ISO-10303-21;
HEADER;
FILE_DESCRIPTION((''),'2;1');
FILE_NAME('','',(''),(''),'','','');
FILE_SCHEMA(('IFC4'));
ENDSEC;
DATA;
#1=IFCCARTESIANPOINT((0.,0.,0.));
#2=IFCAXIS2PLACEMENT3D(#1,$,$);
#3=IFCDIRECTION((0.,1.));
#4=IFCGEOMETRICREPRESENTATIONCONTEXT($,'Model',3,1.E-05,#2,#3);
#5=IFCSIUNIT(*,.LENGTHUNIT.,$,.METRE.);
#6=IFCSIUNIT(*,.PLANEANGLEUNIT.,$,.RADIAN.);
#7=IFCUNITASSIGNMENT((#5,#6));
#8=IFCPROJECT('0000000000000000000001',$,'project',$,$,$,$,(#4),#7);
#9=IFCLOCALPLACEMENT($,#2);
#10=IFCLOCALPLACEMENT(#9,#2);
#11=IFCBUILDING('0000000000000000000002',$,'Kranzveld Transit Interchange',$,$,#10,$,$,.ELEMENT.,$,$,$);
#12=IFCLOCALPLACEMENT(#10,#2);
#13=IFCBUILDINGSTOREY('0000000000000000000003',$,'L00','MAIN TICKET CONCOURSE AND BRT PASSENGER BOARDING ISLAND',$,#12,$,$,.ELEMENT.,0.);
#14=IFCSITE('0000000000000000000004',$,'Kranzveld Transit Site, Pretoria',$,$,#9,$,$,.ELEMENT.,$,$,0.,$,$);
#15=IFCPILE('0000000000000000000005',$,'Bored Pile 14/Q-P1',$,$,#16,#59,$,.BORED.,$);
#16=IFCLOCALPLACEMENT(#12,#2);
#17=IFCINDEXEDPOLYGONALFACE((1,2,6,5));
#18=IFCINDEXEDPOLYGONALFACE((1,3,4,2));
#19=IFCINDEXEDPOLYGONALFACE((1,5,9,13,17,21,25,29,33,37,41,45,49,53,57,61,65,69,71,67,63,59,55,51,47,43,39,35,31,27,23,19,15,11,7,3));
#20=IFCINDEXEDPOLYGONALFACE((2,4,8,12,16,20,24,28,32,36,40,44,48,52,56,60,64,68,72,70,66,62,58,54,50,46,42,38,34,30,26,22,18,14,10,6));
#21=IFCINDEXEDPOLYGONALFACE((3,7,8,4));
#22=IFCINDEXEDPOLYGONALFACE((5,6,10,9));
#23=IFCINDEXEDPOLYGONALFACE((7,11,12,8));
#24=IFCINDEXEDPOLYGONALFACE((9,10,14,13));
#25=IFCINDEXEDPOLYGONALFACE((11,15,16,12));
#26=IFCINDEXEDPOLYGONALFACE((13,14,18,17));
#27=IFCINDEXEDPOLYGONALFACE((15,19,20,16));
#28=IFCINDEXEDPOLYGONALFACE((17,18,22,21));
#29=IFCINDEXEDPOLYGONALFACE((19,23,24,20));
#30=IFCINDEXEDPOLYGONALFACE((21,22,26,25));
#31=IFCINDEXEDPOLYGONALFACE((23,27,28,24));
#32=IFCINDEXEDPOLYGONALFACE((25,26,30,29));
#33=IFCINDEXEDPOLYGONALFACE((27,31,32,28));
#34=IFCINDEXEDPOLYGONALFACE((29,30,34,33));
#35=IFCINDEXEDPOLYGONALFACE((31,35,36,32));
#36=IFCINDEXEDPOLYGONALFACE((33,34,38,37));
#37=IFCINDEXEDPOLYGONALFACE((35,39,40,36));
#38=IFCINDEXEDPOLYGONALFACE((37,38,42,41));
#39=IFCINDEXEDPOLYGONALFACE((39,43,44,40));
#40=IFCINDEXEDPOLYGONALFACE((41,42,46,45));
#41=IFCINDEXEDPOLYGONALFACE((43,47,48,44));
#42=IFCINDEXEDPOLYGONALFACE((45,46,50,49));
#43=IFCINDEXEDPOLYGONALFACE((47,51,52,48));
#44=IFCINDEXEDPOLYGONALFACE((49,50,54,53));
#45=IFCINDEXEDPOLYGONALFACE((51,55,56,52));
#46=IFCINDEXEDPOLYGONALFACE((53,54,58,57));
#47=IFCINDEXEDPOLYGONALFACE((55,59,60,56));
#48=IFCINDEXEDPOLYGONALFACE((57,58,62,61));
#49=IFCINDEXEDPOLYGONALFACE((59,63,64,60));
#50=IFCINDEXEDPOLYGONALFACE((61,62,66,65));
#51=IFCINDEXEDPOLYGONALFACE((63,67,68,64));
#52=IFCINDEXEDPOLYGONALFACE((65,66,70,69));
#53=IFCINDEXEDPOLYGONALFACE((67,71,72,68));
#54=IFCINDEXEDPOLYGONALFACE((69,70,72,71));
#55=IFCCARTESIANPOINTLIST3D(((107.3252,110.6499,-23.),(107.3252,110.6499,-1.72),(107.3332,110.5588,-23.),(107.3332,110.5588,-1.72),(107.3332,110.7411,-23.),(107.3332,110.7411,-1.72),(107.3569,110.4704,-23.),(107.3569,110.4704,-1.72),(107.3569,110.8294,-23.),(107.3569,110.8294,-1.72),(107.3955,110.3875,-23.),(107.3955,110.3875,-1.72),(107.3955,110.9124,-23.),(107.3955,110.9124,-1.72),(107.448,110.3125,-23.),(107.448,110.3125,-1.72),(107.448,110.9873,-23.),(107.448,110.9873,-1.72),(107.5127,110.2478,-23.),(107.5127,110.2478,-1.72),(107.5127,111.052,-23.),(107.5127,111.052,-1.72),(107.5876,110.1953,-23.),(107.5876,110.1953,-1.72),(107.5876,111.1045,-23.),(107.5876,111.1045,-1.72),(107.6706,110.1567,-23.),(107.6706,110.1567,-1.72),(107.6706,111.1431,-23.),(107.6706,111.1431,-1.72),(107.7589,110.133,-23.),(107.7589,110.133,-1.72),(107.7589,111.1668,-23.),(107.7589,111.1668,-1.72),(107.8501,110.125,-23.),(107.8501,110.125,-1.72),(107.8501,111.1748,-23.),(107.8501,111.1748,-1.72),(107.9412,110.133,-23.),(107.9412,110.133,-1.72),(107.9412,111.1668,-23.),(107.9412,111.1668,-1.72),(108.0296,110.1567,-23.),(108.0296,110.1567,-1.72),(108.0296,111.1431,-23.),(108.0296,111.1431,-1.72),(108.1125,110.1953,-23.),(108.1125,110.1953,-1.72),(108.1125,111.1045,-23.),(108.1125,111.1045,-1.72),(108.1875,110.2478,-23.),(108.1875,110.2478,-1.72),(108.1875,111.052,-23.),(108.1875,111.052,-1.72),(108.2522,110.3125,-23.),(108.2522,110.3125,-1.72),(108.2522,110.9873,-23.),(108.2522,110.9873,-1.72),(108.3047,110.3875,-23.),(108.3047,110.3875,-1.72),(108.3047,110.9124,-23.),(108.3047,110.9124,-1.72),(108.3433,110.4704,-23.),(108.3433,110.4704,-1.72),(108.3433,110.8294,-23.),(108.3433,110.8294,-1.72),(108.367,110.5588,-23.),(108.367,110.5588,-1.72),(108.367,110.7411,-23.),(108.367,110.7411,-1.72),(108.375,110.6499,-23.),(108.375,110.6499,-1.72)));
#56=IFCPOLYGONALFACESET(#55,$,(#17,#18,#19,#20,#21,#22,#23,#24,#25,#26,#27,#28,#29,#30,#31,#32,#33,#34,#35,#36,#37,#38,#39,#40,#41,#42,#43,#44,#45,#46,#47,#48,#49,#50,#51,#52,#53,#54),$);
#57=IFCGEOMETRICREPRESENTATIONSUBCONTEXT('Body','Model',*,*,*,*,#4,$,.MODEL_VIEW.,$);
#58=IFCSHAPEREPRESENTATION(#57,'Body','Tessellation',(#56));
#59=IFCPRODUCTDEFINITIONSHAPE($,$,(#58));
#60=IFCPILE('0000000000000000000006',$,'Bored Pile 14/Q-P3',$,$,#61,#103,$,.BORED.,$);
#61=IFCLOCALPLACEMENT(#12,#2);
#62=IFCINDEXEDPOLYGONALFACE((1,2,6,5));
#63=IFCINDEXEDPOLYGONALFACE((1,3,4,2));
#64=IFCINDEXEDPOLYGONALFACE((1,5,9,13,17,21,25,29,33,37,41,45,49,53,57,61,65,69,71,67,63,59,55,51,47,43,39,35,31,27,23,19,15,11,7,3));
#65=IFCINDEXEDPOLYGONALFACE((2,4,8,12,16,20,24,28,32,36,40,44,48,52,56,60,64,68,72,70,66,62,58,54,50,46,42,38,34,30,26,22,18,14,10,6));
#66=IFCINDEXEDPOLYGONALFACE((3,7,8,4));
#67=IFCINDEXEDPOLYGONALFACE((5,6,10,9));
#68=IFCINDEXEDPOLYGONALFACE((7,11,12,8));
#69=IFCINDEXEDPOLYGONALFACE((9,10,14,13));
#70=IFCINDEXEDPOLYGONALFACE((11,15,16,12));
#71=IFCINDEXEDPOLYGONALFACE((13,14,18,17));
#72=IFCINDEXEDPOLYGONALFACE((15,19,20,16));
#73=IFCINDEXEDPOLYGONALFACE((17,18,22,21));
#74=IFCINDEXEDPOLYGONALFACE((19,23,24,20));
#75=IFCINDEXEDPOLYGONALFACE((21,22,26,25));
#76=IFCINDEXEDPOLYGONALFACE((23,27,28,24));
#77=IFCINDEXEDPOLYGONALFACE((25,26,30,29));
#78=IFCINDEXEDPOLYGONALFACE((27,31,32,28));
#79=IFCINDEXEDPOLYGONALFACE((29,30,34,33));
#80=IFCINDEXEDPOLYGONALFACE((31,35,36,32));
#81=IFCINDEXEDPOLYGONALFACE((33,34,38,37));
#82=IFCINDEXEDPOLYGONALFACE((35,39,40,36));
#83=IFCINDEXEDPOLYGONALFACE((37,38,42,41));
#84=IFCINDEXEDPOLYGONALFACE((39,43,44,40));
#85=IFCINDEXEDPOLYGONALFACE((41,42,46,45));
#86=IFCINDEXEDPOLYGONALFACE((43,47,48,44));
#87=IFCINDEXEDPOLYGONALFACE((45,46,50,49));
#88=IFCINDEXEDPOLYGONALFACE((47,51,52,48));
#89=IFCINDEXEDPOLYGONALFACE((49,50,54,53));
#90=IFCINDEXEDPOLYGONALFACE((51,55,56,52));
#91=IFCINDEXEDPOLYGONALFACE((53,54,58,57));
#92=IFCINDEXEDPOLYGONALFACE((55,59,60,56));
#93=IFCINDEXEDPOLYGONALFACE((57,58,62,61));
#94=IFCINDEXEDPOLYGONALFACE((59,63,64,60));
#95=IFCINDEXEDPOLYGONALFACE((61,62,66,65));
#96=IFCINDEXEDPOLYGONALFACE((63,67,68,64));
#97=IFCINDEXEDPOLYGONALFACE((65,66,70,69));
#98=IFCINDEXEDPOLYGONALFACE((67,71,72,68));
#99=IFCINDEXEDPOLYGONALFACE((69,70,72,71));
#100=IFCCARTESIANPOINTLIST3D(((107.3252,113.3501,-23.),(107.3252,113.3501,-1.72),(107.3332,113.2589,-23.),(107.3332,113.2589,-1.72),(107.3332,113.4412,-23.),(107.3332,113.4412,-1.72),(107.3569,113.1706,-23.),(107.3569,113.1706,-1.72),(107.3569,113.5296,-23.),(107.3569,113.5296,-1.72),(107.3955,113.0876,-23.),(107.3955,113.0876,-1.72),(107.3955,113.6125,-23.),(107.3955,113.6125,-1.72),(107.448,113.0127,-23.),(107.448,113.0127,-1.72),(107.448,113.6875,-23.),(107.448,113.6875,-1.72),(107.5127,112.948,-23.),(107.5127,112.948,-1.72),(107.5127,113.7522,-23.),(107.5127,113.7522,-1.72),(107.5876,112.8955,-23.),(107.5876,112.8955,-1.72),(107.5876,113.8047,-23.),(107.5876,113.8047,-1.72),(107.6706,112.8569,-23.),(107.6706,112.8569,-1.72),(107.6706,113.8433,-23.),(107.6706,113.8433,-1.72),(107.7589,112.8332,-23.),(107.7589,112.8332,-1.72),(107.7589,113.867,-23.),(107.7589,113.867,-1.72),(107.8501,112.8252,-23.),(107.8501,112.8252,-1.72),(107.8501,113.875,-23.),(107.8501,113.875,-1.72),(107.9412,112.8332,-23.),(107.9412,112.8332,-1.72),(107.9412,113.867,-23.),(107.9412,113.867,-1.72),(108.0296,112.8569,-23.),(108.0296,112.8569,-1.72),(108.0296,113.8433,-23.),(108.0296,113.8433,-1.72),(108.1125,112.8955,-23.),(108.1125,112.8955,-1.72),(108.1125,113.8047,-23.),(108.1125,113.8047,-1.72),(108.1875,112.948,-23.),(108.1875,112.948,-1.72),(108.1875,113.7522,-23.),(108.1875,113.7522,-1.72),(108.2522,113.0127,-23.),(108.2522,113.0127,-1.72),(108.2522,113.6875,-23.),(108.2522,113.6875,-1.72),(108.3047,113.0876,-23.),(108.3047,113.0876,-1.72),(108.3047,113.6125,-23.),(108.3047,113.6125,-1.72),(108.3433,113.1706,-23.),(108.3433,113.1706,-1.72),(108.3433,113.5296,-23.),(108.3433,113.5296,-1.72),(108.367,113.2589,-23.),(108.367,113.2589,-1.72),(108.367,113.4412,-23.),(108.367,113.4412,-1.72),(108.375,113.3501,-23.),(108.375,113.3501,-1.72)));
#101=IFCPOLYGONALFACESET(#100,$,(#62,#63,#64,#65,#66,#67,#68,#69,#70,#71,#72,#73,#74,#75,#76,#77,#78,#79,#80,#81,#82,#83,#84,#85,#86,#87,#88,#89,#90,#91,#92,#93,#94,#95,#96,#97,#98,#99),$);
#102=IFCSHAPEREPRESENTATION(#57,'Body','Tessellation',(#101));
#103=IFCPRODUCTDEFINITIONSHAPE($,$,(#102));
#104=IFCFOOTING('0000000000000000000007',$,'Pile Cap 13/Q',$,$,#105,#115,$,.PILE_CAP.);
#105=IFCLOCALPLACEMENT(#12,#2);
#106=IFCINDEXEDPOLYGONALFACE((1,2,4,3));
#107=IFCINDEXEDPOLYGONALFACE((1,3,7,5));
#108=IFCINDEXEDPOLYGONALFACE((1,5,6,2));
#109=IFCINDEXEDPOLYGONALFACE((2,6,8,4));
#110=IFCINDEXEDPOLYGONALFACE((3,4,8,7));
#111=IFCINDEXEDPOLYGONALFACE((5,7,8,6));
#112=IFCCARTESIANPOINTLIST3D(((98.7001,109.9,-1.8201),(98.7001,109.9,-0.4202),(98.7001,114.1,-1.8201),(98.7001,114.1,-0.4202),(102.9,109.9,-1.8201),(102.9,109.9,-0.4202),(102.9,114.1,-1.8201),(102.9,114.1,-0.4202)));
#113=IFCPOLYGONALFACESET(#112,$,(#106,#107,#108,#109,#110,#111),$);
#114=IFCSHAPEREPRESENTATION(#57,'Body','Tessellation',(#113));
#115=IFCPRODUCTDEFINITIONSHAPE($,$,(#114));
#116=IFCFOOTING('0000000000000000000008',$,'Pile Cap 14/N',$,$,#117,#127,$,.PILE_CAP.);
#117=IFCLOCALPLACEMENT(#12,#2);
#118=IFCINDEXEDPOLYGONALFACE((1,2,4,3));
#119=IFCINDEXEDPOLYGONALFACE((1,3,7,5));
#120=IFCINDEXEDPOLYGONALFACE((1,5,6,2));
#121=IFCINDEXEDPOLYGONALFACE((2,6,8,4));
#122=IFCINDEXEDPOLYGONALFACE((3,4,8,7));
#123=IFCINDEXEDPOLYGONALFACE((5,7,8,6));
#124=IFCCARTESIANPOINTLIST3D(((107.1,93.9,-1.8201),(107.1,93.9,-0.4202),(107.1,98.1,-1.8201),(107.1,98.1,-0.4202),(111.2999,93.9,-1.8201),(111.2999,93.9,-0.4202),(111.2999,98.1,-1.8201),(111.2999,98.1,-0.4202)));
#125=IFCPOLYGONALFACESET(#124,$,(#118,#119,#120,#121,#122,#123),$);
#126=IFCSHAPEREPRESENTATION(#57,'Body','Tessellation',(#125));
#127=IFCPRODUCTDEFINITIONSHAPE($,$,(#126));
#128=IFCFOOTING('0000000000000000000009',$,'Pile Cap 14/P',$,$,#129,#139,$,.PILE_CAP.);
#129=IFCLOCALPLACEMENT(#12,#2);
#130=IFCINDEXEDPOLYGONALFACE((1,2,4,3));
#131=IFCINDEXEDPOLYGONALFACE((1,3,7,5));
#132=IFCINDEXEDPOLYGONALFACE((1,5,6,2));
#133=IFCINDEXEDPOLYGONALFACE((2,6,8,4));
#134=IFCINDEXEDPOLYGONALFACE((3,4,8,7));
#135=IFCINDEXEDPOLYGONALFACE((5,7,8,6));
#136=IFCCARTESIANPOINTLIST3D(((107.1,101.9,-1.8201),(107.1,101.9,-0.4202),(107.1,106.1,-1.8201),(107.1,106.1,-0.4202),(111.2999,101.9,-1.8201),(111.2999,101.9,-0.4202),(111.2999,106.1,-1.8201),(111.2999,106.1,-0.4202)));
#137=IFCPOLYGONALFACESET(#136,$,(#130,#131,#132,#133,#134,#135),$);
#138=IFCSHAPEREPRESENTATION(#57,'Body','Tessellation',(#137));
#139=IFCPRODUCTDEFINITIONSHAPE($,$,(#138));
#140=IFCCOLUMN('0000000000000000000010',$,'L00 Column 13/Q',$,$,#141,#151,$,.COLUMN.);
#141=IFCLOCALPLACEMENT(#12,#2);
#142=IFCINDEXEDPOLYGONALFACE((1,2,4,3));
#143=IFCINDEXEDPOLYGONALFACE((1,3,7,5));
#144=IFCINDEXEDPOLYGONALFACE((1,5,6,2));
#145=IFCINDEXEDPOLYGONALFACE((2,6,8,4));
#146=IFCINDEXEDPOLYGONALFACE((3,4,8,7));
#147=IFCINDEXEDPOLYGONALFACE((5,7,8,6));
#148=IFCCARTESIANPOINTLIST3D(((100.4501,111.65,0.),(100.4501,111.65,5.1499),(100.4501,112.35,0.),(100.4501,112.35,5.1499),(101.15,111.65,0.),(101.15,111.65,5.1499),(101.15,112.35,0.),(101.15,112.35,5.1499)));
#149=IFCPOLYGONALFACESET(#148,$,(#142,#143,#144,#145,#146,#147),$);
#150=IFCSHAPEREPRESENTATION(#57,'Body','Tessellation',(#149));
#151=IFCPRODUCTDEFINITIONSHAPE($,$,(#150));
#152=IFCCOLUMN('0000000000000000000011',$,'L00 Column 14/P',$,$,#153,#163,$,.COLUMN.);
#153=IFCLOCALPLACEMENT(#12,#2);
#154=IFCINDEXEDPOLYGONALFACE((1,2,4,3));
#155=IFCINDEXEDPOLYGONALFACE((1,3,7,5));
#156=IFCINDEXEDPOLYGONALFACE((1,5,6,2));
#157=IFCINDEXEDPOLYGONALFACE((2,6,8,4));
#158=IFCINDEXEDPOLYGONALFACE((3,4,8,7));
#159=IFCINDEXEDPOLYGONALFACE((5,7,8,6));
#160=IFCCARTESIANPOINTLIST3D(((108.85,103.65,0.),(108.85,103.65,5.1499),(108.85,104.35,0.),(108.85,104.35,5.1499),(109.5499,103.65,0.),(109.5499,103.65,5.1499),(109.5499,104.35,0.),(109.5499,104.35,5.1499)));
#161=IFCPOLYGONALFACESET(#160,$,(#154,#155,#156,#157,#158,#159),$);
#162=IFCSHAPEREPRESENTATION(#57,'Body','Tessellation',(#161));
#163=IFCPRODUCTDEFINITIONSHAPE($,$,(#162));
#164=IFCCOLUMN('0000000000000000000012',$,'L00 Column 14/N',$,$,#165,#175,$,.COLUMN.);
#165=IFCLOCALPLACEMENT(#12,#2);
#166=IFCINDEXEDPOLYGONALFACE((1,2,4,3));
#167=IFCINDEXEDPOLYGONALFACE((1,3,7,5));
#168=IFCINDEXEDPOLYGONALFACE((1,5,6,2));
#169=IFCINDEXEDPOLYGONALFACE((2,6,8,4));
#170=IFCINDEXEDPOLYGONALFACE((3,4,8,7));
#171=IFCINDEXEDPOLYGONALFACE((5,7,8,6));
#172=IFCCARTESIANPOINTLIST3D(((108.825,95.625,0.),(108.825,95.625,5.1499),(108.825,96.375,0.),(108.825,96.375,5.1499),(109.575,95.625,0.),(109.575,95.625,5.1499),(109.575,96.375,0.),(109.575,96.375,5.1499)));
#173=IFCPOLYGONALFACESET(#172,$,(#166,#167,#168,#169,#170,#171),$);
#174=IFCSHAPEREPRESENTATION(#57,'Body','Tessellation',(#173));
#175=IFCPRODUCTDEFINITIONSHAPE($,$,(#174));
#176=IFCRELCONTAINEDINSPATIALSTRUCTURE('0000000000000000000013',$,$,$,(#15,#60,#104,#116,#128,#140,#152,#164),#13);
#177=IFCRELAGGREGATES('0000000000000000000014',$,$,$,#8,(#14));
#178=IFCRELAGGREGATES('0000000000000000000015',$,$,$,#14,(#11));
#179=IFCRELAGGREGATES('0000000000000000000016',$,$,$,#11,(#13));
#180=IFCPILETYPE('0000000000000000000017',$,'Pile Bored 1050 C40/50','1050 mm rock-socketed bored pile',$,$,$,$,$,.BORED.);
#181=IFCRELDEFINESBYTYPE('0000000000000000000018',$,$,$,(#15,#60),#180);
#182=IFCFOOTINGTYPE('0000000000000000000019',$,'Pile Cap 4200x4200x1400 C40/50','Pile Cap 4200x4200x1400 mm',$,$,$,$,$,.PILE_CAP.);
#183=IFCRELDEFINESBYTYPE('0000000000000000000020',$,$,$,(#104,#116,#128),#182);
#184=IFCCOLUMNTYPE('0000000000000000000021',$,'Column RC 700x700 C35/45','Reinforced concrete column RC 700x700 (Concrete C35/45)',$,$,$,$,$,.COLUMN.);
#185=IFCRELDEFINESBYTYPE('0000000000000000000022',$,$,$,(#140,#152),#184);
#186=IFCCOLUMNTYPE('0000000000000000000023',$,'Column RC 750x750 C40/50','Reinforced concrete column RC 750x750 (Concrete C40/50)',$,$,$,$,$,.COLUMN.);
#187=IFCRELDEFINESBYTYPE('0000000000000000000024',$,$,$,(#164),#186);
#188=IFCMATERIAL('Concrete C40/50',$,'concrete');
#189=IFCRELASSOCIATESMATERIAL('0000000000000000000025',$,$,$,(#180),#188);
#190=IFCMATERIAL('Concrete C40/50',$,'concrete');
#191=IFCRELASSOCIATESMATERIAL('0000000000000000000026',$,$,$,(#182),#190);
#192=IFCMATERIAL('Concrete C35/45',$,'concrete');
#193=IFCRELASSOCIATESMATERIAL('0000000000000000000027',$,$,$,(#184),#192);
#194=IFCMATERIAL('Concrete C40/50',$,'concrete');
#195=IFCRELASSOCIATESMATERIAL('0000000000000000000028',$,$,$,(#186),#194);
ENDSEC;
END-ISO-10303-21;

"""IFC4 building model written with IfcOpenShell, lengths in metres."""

from ifc_helpers import new_model, si_unit, direction, frame, origin, origin_2d, place, context, subcontext, project, spatial, rectangle, circle, extrude, material, material_profile, profile_set, type_object, element, save


model = new_model("IFC4")

# Units and contexts
model_context = context("Model", 3, precision=1e-05, world=origin(), true_north=direction((0.0, 1.0)))
body_context = subcontext(model_context, "Body", "Model", "MODEL_VIEW")
ifc_project = project(units=[si_unit("LENGTHUNIT", "METRE"), si_unit("PLANEANGLEUNIT", "RADIAN")], contexts=[model_context])

# Site, building, storey
site_placement = place(None, origin())
site = spatial("IfcSite", under=ifc_project, at=site_placement, Name="Kranzveld Transit Site, Pretoria", CompositionType="ELEMENT", RefElevation=0.0)
building_placement = place(site_placement, origin())
building = spatial("IfcBuilding", under=site, at=building_placement, Name="Kranzveld Transit Interchange", CompositionType="ELEMENT")
storey_placement = place(building_placement, origin())
storey = spatial("IfcBuildingStorey", under=building, at=storey_placement, Name="L00", Description="MAIN TICKET CONCOURSE AND BRT PASSENGER BOARDING ISLAND", CompositionType="ELEMENT", Elevation=0.0)

# Piles
ifc_material_1 = material(Name="Concrete C40/50", Category="concrete")
ifc_material_profile_1 = material_profile(ifc_material_1, circle(Radius=0.5249, at=origin_2d()), Name="BORED PILE 1050")
ifc_profile_set_1 = profile_set([ifc_material_profile_1], Name="Concrete C40/50")
pile_type = type_object("IfcPileType", Name="Pile Bored 1050 C40/50", Description="1050 mm rock-socketed bored pile", PredefinedType="BORED", material=ifc_profile_set_1)
for number, where, z_axis, x_axis, name in (
    (1, (107.8501, 110.6499, -1.72), (0.0, 0.0, -1.0), (1.0, 0.0, 0.0), "Bored Pile 14/Q-P1"),
    (2, (107.8501, 113.3501, -1.72), (0.0, 0.0, -1.0), (1.0, 0.0, 0.0), "Bored Pile 14/Q-P3"),
):
    element("IfcPile", number, at=place(storey_placement, frame(where, z_axis=z_axis, x_axis=x_axis)), inside=storey, type_object=pile_type, Name=name, PredefinedType="BORED", context=body_context, shape_type="SweptSolid", body=[
        extrude(circle(Radius=0.5249, at=origin_2d()), origin(), (0.0, 0.0, 1.0), 21.28),
    ])

# Footings
ifc_material_2 = material(Name="Concrete C40/50", Category="concrete")
footing_type_1 = type_object("IfcFootingType", Name="Pile Cap 4200x4200x1400 C40/50", Description="Pile Cap 4200x4200x1400 mm", PredefinedType="PILE_CAP", material=ifc_material_2)
for number, where, z_axis, x_axis, name in (
    (3, (100.8, 112.0, -1.8201), (0.0, 0.0, 1.0), (1.0, 0.0, 0.0), "Pile Cap 13/Q"),
    (4, (109.2, 96.0, -1.8201), (0.0, 0.0, 1.0), (1.0, 0.0, 0.0), "Pile Cap 14/N"),
    (5, (109.2, 104.0, -1.8201), (0.0, 0.0, 1.0), (1.0, 0.0, 0.0), "Pile Cap 14/P"),
):
    element("IfcFooting", number, at=place(storey_placement, frame(where, z_axis=z_axis, x_axis=x_axis)), inside=storey, type_object=footing_type_1, Name=name, PredefinedType="PILE_CAP", context=body_context, shape_type="SweptSolid", body=[
        extrude(rectangle(XDim=4.2, YDim=4.2, at=origin_2d()), origin(), (0.0, 0.0, 1.0), 1.3999),
    ])

# Columns
ifc_material_3 = material(Name="Concrete C35/45", Category="concrete")
ifc_material_profile_2 = material_profile(ifc_material_3, rectangle(XDim=0.7, YDim=0.7, at=origin_2d()), Name="RC 700x700")
ifc_profile_set_2 = profile_set([ifc_material_profile_2], Name="Concrete C35/45")
column_type_1 = type_object("IfcColumnType", Name="Column RC 700x700 C35/45", Description="Reinforced concrete column RC 700x700 (Concrete C35/45)", PredefinedType="COLUMN", material=ifc_profile_set_2)
for number, where, z_axis, x_axis, name in (
    (6, (100.8, 112.0, 0.0), (0.0, 0.0, 1.0), (1.0, 0.0, 0.0), "L00 Column 13/Q"),
    (7, (109.2, 104.0, 0.0), (0.0, 0.0, 1.0), (1.0, 0.0, 0.0), "L00 Column 14/P"),
):
    element("IfcColumn", number, at=place(storey_placement, frame(where, z_axis=z_axis, x_axis=x_axis)), inside=storey, type_object=column_type_1, Name=name, PredefinedType="COLUMN", context=body_context, shape_type="SweptSolid", body=[
        extrude(rectangle(XDim=0.7, YDim=0.7, at=origin_2d()), origin(), (0.0, 0.0, 1.0), 5.1499),
    ])
ifc_material_4 = material(Name="Concrete C40/50", Category="concrete")
ifc_material_profile_3 = material_profile(ifc_material_4, rectangle(XDim=0.75, YDim=0.75, at=origin_2d()), Name="RC 750x750")
ifc_profile_set_3 = profile_set([ifc_material_profile_3], Name="Concrete C40/50")
column_type_2 = type_object("IfcColumnType", Name="Column RC 750x750 C40/50", Description="Reinforced concrete column RC 750x750 (Concrete C40/50)", PredefinedType="COLUMN", material=ifc_profile_set_3)
column_placement = place(storey_placement, frame((109.2, 96.0, 0.0), z_axis=(0.0, 0.0, 1.0), x_axis=(1.0, 0.0, 0.0)))
element("IfcColumn", 8, at=column_placement, inside=storey, type_object=column_type_2, Name="L00 Column 14/N", PredefinedType="COLUMN", context=body_context, shape_type="SweptSolid", body=[
    extrude(rectangle(XDim=0.75, YDim=0.75, at=origin_2d()), origin(), (0.0, 0.0, 1.0), 5.1499),
])

save(model, "model.ifc")
